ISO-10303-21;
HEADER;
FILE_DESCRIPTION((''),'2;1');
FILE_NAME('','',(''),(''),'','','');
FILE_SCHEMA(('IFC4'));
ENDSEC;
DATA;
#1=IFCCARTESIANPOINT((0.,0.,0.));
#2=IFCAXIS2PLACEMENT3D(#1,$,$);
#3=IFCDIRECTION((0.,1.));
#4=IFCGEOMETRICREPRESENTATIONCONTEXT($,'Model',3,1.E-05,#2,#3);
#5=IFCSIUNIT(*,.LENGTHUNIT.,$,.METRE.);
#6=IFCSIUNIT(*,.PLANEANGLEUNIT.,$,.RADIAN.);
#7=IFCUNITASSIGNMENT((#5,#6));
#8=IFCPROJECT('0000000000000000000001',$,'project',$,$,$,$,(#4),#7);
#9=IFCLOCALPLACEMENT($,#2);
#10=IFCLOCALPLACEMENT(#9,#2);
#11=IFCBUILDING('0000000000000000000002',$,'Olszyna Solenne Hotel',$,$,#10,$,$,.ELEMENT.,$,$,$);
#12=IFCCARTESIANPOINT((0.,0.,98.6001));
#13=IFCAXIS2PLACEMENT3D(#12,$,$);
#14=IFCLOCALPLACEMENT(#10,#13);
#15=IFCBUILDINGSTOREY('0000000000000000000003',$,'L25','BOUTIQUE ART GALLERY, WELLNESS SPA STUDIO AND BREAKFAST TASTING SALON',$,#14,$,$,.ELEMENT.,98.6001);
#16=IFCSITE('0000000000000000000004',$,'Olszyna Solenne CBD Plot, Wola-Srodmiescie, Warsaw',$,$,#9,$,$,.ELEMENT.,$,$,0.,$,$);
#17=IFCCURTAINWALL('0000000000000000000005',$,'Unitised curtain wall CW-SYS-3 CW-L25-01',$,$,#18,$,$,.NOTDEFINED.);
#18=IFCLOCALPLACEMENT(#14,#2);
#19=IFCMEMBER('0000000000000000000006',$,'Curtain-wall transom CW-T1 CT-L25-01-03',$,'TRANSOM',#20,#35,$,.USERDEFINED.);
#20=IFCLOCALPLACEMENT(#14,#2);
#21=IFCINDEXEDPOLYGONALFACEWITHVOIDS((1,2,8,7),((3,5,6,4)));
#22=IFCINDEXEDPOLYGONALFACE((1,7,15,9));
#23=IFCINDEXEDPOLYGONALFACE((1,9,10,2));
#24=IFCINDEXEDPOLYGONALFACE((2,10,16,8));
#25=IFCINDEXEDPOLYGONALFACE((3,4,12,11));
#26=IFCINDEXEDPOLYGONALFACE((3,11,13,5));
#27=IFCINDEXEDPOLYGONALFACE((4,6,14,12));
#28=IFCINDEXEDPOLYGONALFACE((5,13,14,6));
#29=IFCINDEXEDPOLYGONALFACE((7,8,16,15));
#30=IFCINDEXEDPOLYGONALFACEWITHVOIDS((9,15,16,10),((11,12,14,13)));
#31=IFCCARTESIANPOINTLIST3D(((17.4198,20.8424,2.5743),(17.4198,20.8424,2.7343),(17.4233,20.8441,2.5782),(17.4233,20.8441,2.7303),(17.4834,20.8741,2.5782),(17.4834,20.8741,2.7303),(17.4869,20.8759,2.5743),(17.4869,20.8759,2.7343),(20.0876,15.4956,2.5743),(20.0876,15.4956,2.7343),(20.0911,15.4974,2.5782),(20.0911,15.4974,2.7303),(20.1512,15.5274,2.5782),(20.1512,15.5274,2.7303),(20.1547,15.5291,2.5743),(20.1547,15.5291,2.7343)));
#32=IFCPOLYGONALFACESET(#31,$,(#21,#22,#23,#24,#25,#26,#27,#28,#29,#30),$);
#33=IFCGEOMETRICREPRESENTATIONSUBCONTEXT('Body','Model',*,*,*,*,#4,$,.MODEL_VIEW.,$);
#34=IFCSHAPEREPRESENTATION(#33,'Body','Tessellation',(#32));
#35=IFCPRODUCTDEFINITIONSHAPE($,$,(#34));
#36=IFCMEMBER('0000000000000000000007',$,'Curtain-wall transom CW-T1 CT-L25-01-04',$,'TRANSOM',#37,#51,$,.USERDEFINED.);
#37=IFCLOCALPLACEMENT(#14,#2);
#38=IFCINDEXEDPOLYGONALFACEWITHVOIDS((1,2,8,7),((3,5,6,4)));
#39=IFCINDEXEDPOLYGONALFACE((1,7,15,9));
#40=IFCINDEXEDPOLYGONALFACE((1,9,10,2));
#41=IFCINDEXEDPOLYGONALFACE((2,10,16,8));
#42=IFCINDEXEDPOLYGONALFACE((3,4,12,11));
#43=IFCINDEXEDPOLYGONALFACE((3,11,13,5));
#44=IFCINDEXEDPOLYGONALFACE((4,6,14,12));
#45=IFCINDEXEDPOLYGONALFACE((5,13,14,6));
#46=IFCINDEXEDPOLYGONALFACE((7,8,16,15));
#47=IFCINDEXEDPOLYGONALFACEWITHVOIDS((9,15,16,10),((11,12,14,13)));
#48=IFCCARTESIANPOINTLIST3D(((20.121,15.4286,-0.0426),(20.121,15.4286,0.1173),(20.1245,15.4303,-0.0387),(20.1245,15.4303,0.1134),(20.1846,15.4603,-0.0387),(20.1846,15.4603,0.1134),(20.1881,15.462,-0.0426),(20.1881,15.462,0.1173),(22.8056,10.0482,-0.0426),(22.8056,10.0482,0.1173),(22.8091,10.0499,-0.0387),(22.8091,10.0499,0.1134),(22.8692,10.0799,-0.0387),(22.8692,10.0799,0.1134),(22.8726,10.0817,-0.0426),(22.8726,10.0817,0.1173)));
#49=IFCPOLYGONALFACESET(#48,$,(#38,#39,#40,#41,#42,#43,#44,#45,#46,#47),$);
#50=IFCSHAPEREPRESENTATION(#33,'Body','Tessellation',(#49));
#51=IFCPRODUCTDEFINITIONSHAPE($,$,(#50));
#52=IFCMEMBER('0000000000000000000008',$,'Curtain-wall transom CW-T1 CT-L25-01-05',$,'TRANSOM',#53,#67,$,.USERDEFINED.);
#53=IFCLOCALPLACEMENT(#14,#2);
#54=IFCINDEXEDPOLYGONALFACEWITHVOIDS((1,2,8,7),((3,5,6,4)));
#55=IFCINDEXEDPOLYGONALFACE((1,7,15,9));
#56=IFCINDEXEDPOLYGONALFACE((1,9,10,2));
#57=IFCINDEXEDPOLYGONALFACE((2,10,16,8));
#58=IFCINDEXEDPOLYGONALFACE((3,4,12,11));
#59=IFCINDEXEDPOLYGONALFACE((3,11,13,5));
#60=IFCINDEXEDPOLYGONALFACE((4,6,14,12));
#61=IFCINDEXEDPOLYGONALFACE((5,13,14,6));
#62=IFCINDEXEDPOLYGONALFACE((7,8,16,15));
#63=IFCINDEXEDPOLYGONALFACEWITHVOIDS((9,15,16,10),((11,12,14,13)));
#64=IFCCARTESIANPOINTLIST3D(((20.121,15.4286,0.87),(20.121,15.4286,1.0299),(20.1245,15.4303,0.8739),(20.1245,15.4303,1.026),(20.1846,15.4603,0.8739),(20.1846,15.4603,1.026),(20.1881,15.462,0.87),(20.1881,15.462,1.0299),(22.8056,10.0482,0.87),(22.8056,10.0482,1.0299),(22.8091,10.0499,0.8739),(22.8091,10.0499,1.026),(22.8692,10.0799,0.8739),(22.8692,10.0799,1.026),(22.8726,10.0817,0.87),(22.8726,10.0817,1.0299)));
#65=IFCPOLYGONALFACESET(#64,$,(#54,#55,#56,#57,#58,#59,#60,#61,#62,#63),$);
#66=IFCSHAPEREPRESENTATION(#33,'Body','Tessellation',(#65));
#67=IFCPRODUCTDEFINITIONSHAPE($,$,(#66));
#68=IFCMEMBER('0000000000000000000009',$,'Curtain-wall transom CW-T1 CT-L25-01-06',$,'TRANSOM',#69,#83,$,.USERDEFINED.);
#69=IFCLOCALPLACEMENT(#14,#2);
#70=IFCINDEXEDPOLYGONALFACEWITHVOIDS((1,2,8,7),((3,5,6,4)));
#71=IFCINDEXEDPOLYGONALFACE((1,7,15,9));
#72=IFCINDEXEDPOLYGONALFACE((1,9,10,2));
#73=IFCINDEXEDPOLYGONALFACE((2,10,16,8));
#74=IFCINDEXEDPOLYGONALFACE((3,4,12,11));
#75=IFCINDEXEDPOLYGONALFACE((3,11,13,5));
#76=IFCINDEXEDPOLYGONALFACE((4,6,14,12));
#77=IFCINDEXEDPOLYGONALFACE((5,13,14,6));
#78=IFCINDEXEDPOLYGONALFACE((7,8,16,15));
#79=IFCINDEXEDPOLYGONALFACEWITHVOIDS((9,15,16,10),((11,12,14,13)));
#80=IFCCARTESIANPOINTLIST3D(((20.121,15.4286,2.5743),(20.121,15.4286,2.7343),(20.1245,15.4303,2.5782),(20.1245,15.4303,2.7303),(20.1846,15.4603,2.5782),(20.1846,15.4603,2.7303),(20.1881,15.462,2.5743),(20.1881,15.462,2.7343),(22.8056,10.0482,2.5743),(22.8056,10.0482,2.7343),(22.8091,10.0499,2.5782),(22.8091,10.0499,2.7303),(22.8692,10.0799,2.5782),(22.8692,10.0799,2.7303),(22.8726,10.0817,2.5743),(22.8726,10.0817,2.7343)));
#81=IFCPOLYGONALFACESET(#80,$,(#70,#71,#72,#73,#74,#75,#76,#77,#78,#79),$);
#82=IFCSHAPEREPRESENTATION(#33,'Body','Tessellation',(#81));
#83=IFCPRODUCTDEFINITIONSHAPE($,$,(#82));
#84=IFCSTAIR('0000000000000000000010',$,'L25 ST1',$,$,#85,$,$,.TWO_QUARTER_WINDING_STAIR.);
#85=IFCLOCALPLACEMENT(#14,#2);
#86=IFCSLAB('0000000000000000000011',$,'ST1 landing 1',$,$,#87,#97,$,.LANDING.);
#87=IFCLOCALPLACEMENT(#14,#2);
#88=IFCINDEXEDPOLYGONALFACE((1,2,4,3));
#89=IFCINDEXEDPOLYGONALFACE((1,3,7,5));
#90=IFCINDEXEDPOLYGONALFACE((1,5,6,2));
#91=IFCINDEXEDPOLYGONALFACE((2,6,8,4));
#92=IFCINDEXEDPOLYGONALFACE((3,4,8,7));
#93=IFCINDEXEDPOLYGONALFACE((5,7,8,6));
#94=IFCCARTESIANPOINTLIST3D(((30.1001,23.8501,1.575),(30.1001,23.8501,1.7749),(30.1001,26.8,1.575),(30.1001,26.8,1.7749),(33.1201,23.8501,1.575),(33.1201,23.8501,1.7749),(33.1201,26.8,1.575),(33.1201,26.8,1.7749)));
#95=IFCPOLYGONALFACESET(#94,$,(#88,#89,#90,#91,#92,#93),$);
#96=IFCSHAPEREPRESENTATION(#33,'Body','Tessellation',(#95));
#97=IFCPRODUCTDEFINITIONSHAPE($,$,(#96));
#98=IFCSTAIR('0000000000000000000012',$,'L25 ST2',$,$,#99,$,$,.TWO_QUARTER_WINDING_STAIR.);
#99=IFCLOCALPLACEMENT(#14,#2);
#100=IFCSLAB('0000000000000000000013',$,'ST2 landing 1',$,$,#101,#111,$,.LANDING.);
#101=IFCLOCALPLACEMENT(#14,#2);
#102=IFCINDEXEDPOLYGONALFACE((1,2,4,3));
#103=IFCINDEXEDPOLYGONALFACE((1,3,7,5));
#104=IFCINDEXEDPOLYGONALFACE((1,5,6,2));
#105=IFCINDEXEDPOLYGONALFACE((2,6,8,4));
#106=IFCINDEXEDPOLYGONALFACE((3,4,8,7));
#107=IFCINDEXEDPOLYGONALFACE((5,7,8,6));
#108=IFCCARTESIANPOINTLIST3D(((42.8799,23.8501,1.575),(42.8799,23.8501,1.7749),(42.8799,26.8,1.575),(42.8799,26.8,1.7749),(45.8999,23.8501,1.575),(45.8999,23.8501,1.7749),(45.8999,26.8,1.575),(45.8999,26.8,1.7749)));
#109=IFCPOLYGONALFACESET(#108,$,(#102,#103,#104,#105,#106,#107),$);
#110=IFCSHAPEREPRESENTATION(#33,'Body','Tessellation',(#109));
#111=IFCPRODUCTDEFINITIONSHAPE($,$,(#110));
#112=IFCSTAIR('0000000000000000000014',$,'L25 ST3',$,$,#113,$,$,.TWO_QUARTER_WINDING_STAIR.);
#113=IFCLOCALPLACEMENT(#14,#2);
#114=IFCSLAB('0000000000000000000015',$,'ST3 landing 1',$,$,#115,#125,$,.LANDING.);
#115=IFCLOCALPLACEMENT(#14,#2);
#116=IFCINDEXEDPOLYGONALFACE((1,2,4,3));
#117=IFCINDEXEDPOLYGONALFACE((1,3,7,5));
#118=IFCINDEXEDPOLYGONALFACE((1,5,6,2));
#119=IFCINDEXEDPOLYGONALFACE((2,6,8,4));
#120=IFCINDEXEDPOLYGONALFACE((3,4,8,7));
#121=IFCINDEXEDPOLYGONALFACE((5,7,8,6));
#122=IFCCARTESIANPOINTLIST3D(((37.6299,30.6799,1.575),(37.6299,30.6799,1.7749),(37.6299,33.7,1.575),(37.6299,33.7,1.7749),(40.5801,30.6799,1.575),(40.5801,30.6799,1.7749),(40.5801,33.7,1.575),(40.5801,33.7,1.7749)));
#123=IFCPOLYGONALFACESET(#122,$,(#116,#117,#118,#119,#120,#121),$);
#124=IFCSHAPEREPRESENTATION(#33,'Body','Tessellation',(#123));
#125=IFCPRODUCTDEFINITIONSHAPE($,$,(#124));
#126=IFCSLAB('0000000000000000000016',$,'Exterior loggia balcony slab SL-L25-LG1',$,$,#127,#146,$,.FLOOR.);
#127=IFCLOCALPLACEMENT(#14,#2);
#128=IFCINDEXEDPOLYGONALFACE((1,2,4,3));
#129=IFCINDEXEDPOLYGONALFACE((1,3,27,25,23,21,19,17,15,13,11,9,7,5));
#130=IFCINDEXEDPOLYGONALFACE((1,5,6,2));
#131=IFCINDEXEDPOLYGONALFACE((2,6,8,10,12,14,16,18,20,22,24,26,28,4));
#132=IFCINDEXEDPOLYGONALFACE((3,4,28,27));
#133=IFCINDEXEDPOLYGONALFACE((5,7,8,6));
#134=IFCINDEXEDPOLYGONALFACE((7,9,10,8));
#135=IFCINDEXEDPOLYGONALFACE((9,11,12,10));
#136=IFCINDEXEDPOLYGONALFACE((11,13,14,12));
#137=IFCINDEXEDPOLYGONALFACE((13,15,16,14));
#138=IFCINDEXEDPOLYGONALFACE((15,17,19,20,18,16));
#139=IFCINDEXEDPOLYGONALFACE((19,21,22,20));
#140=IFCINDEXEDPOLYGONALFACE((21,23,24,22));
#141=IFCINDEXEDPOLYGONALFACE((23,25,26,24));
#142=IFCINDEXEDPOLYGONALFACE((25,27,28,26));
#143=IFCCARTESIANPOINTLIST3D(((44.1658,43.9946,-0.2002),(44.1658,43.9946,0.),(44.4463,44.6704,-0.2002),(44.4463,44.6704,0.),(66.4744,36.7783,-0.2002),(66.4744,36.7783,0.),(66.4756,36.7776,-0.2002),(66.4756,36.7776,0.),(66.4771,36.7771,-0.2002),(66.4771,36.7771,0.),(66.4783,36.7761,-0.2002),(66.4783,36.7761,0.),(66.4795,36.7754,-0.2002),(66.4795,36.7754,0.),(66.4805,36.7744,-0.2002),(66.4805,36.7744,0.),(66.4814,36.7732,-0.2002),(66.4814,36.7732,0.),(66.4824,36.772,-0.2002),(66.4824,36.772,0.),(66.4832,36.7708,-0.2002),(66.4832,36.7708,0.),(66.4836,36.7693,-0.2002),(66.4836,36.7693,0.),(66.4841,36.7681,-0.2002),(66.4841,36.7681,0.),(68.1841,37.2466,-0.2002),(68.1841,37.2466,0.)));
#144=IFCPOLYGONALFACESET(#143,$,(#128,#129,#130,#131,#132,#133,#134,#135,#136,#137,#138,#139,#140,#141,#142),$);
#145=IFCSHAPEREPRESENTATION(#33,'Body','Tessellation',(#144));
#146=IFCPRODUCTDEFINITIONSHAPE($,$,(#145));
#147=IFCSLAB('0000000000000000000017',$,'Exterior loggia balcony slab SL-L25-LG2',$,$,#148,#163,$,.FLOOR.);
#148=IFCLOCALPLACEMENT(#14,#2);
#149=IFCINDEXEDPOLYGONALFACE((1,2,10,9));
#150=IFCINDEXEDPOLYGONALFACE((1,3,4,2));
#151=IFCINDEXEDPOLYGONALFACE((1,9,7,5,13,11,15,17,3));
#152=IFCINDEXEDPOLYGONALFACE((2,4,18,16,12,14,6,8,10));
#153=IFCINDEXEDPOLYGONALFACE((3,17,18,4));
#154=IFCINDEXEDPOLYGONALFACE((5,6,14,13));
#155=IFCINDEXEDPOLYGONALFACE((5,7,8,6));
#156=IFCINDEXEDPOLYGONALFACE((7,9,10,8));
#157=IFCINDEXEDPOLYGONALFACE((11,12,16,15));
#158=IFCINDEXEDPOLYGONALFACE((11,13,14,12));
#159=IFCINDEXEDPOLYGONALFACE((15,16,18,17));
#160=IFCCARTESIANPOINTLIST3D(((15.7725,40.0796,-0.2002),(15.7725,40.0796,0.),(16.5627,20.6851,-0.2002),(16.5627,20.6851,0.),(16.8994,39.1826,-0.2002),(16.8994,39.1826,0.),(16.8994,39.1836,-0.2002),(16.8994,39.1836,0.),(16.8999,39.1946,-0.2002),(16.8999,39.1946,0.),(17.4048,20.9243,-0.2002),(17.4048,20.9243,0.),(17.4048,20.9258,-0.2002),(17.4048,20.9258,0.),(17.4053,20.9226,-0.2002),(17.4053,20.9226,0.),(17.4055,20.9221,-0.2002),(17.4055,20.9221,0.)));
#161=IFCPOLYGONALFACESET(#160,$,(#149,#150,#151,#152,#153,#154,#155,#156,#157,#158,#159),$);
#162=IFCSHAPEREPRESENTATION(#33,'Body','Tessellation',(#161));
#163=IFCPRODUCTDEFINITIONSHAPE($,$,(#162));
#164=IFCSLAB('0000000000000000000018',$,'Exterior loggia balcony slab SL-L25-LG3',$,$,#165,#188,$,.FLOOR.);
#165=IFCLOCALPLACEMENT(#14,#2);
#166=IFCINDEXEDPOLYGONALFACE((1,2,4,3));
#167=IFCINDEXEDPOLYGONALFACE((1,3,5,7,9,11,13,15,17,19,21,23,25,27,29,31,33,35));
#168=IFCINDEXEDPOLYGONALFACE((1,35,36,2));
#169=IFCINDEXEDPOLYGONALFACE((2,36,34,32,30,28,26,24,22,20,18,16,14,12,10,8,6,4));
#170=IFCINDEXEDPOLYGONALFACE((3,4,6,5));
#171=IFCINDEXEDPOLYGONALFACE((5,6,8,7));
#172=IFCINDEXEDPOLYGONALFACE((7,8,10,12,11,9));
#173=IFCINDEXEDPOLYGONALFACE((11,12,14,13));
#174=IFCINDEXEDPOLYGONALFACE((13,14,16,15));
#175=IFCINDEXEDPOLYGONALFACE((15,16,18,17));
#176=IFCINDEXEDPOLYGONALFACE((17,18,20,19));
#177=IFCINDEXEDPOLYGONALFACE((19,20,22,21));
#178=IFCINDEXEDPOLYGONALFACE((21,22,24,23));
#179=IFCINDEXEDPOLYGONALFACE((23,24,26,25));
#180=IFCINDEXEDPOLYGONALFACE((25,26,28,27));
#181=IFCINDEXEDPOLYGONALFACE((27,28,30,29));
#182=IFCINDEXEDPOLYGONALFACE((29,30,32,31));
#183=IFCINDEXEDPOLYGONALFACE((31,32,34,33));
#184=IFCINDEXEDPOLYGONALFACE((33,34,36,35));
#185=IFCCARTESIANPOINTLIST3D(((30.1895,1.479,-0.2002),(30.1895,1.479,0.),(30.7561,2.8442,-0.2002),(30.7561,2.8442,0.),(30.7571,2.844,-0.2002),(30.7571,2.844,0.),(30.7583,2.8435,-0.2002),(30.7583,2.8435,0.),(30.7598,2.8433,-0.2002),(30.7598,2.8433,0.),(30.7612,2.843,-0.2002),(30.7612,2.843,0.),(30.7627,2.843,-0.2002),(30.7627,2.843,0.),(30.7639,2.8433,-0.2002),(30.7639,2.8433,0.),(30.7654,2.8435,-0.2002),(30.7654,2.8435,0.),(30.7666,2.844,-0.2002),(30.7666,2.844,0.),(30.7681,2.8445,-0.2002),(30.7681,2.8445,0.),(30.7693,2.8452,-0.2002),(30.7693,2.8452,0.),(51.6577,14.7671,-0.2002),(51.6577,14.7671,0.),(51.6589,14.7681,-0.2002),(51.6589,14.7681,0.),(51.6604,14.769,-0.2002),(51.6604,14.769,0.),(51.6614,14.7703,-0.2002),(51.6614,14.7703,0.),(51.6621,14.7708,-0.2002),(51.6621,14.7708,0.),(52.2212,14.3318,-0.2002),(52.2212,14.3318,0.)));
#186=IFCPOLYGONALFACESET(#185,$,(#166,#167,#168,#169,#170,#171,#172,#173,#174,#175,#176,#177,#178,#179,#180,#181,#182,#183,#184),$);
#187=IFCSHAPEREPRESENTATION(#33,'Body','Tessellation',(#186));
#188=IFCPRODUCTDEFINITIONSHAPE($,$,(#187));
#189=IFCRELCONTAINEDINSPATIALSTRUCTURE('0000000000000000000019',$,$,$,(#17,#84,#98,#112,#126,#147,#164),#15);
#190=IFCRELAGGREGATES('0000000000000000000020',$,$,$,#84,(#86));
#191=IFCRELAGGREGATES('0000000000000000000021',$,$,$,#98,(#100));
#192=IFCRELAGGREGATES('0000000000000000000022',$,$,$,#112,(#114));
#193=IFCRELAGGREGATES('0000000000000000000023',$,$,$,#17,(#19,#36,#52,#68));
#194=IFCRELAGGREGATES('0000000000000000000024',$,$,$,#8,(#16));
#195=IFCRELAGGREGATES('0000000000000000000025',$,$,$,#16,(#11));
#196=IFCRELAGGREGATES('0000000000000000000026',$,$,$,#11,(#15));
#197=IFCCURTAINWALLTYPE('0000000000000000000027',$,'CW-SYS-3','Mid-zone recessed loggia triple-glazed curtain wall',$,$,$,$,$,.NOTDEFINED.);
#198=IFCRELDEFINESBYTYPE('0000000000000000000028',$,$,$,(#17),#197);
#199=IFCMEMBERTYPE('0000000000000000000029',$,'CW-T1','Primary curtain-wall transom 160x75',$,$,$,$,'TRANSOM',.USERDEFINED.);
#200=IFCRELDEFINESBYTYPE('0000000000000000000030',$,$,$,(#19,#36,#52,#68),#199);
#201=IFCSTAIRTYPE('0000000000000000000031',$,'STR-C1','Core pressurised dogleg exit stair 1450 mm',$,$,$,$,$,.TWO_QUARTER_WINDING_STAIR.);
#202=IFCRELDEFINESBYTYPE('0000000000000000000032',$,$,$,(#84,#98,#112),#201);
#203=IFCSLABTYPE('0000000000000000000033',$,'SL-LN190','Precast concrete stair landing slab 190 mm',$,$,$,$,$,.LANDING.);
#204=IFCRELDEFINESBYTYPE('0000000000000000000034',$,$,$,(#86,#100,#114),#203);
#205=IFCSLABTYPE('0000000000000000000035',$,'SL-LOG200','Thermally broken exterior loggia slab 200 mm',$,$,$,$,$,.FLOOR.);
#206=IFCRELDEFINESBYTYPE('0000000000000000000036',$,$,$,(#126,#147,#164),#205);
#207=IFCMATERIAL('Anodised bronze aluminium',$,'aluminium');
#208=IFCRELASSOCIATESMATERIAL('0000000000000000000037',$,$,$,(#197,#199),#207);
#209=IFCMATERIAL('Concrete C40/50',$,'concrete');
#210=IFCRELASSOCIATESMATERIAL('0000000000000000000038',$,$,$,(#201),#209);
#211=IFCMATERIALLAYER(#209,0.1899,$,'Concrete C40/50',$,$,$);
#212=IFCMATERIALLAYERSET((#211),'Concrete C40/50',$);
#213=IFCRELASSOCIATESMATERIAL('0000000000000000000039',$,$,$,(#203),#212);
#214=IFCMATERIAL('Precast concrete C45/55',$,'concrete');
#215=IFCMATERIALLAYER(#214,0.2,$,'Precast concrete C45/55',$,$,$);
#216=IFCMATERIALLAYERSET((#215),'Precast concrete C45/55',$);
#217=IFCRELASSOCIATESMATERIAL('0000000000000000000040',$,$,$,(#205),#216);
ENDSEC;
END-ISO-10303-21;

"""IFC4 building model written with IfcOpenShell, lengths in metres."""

from ifc_helpers import new_model, si_unit, direction, frame, origin, origin_2d, place, context, subcontext, project, spatial, polyline, hollow_rectangle, outline, extrude, source, transform, mapped, material, layer, layer_set, material_profile, profile_set, type_object, element, aggregate, save


model = new_model("IFC4")

# Units and contexts
model_context = context("Model", 3, precision=1e-05, world=origin(), true_north=direction((0.0, 1.0)))
body_context = subcontext(model_context, "Body", "Model", "MODEL_VIEW")
ifc_project = project(units=[si_unit("LENGTHUNIT", "METRE"), si_unit("PLANEANGLEUNIT", "RADIAN")], contexts=[model_context])

# Site, building, storey
site_placement = place(None, origin())
site = spatial("IfcSite", under=ifc_project, at=site_placement, Name="Olszyna Solenne CBD Plot, Wola-Srodmiescie, Warsaw", CompositionType="ELEMENT", RefElevation=0.0)
building_placement = place(site_placement, origin())
building = spatial("IfcBuilding", under=site, at=building_placement, Name="Olszyna Solenne Hotel", CompositionType="ELEMENT")
storey_placement = place(building_placement, frame((0.0, 0.0, 98.6001)))
storey = spatial("IfcBuildingStorey", under=building, at=storey_placement, Name="L25", Description="BOUTIQUE ART GALLERY, WELLNESS SPA STUDIO AND BREAKFAST TASTING SALON", CompositionType="ELEMENT", Elevation=98.6001)

# Curtain wall, members
ifc_material_1 = material(Name="Anodised bronze aluminium", Category="aluminium")
curtain_wall_type = type_object("IfcCurtainWallType", Name="CW-SYS-3", Description="Mid-zone recessed loggia triple-glazed curtain wall", PredefinedType="NOTDEFINED", material=ifc_material_1)
curtain_wall_placement = place(storey_placement, origin())
curtain_wall = element("IfcCurtainWall", 1, at=curtain_wall_placement, inside=storey, type_object=curtain_wall_type, Name="Unitised curtain wall CW-SYS-3 CW-L25-01", PredefinedType="NOTDEFINED")
ifc_material_profile_1 = material_profile(ifc_material_1, hollow_rectangle(XDim=0.075, YDim=0.1599, WallThickness=0.0039, at=origin_2d()), Name="TRAN 160x75x4", Category="load-bearing")
ifc_profile_set_1 = profile_set([ifc_material_profile_1], Name="Anodised bronze aluminium")
member_type_1 = type_object("IfcMemberType", Name="CW-T1", Description="Primary curtain-wall transom 160x75", ElementType="TRANSOM", PredefinedType="USERDEFINED", material=ifc_profile_set_1)
shared_shape_1 = source(origin(), body_context, "Body", "SweptSolid", [
    extrude(hollow_rectangle(XDim=0.075, YDim=0.1599, WallThickness=0.0039, at=origin_2d()), origin(), (0.0, 0.0, 1.0), 5.9753),
])
member_1_placement = place(storey_placement, frame((17.4534, 20.8591, 2.6543), z_axis=(0.446462, -0.894803, 0.0), x_axis=(0.894803, 0.446462, 0.0)))
member_1 = element("IfcMember", 2, at=member_1_placement, type_object=member_type_1, Name="Curtain-wall transom CW-T1 CT-L25-01-03", ObjectType="TRANSOM", PredefinedType="USERDEFINED", context=body_context, shape_type="MappedRepresentation", body=[
    mapped(shared_shape_1, transform((0.0, 0.0, 0.0), x_axis=(1.0, 0.0, 0.0), y_axis=(0.0, 1.0, 0.0), z_axis=(0.0, 0.0, 1.0), scale=1.0)),
])
shared_shape_2 = source(origin(), body_context, "Body", "SweptSolid", [
    extrude(hollow_rectangle(XDim=0.075, YDim=0.1599, WallThickness=0.0039, at=origin_2d()), origin(), (0.0, 0.0, 1.0), 6.0129),
])
member_2_placement = place(storey_placement, frame((20.1545, 15.4453, 0.0374), z_axis=(0.446466, -0.8948, 0.0), x_axis=(0.8948, 0.446466, 0.0)))
member_2 = element("IfcMember", 3, at=member_2_placement, type_object=member_type_1, Name="Curtain-wall transom CW-T1 CT-L25-01-04", ObjectType="TRANSOM", PredefinedType="USERDEFINED", context=body_context, shape_type="MappedRepresentation", body=[
    mapped(shared_shape_2, transform((0.0, 0.0, 0.0), x_axis=(1.0, 0.0, 0.0), y_axis=(0.0, 1.0, 0.0), z_axis=(0.0, 0.0, 1.0), scale=1.0)),
])
member_3_placement = place(storey_placement, frame((20.1545, 15.4453, 0.95), z_axis=(0.446466, -0.8948, 0.0), x_axis=(0.8948, 0.446466, 0.0)))
member_3 = element("IfcMember", 4, at=member_3_placement, type_object=member_type_1, Name="Curtain-wall transom CW-T1 CT-L25-01-05", ObjectType="TRANSOM", PredefinedType="USERDEFINED", context=body_context, shape_type="MappedRepresentation", body=[
    mapped(shared_shape_2, transform((0.0, 0.0, 0.0), x_axis=(1.0, 0.0, 0.0), y_axis=(0.0, 1.0, 0.0), z_axis=(0.0, 0.0, 1.0), scale=1.0)),
])
member_4_placement = place(storey_placement, frame((20.1545, 15.4453, 2.6543), z_axis=(0.446466, -0.8948, 0.0), x_axis=(0.8948, 0.446466, 0.0)))
member_4 = element("IfcMember", 5, at=member_4_placement, type_object=member_type_1, Name="Curtain-wall transom CW-T1 CT-L25-01-06", ObjectType="TRANSOM", PredefinedType="USERDEFINED", context=body_context, shape_type="MappedRepresentation", body=[
    mapped(shared_shape_2, transform((0.0, 0.0, 0.0), x_axis=(1.0, 0.0, 0.0), y_axis=(0.0, 1.0, 0.0), z_axis=(0.0, 0.0, 1.0), scale=1.0)),
])

# Stairs, slabs
ifc_material_2 = material(Name="Concrete C40/50", Category="concrete")
stair_type = type_object("IfcStairType", Name="STR-C1", Description="Core pressurised dogleg exit stair 1450 mm", PredefinedType="TWO_QUARTER_WINDING_STAIR", material=ifc_material_2)
stair_1_placement = place(storey_placement, origin())
stair_1 = element("IfcStair", 6, at=stair_1_placement, inside=storey, type_object=stair_type, Name="L25 ST1", PredefinedType="TWO_QUARTER_WINDING_STAIR")
ifc_layer_1 = layer(ifc_material_2, 0.1899, Name="Concrete C40/50")
ifc_layer_set_1 = layer_set([ifc_layer_1], Name="Concrete C40/50")
slab_type_1 = type_object("IfcSlabType", Name="SL-LN190", Description="Precast concrete stair landing slab 190 mm", PredefinedType="LANDING", material=ifc_layer_set_1)
slab_1_placement = place(storey_placement, frame((0.0, 0.0, 1.575)))
slab_1 = element("IfcSlab", 7, at=slab_1_placement, type_object=slab_type_1, Name="ST1 landing 1", PredefinedType="LANDING", context=body_context, shape_type="SweptSolid", body=[
    extrude(outline(polyline([(33.1201, 23.8501), (33.1201, 26.8), (30.1001, 26.8), (30.1001, 23.8501), (33.1201, 23.8501)])), origin(), (0.0, 0.0, 1.0), 0.2),
])
aggregate(stair_1, [slab_1])
stair_2_placement = place(storey_placement, origin())
stair_2 = element("IfcStair", 8, at=stair_2_placement, inside=storey, type_object=stair_type, Name="L25 ST2", PredefinedType="TWO_QUARTER_WINDING_STAIR")
slab_2_placement = place(storey_placement, frame((0.0, 0.0, 1.575)))
slab_2 = element("IfcSlab", 9, at=slab_2_placement, type_object=slab_type_1, Name="ST2 landing 1", PredefinedType="LANDING", context=body_context, shape_type="SweptSolid", body=[
    extrude(outline(polyline([(45.8999, 23.8501), (45.8999, 26.8), (42.8799, 26.8), (42.8799, 23.8501), (45.8999, 23.8501)])), origin(), (0.0, 0.0, 1.0), 0.2),
])
aggregate(stair_2, [slab_2])
stair_3_placement = place(storey_placement, origin())
stair_3 = element("IfcStair", 10, at=stair_3_placement, inside=storey, type_object=stair_type, Name="L25 ST3", PredefinedType="TWO_QUARTER_WINDING_STAIR")
slab_3_placement = place(storey_placement, frame((0.0, 0.0, 1.575)))
slab_3 = element("IfcSlab", 11, at=slab_3_placement, type_object=slab_type_1, Name="ST3 landing 1", PredefinedType="LANDING", context=body_context, shape_type="SweptSolid", body=[
    extrude(outline(polyline([(37.6299, 30.6799), (40.5801, 30.6799), (40.5801, 33.7), (37.6299, 33.7), (37.6299, 30.6799)])), origin(), (0.0, 0.0, 1.0), 0.2),
])
aggregate(stair_3, [slab_3])

# Slabs
ifc_material_3 = material(Name="Precast concrete C45/55", Category="concrete")
ifc_layer_2 = layer(ifc_material_3, 0.2, Name="Precast concrete C45/55")
ifc_layer_set_2 = layer_set([ifc_layer_2], Name="Precast concrete C45/55")
slab_type_2 = type_object("IfcSlabType", Name="SL-LOG200", Description="Thermally broken exterior loggia slab 200 mm", PredefinedType="FLOOR", material=ifc_layer_set_2)
slab_4_placement = place(storey_placement, frame((0.0, 0.0, -0.2002)))
element("IfcSlab", 12, at=slab_4_placement, inside=storey, type_object=slab_type_2, Name="Exterior loggia balcony slab SL-L25-LG1", PredefinedType="FLOOR", context=body_context, shape_type="SweptSolid", body=[
    extrude(outline(polyline([(44.1658, 43.9946), (66.4744, 36.7783), (66.4756, 36.7776), (66.4771, 36.7771), (66.4783, 36.7761), (66.4795, 36.7754), (66.4805, 36.7744), (66.4814, 36.7732), (66.4824, 36.772), (66.4832, 36.7708), (66.4836, 36.7693), (66.4841, 36.7681), (68.1841, 37.2466), (44.4463, 44.6704), (44.1658, 43.9946)])), origin(), (0.0, 0.0, 1.0), 0.2002),
])
slab_5_placement = place(storey_placement, frame((0.0, 0.0, -0.2002)))
element("IfcSlab", 13, at=slab_5_placement, inside=storey, type_object=slab_type_2, Name="Exterior loggia balcony slab SL-L25-LG2", PredefinedType="FLOOR", context=body_context, shape_type="SweptSolid", body=[
    extrude(outline(polyline([(17.4055, 20.9221), (17.4053, 20.9226), (17.4048, 20.9243), (17.4048, 20.9258), (16.8994, 39.1826), (16.8994, 39.1836), (16.8999, 39.1946), (15.7725, 40.0796), (16.5627, 20.6851), (17.4055, 20.9221)])), origin(), (0.0, 0.0, 1.0), 0.2002),
])
slab_6_placement = place(storey_placement, frame((0.0, 0.0, -0.2002)))
element("IfcSlab", 14, at=slab_6_placement, inside=storey, type_object=slab_type_2, Name="Exterior loggia balcony slab SL-L25-LG3", PredefinedType="FLOOR", context=body_context, shape_type="SweptSolid", body=[
    extrude(outline(polyline([(51.6621, 14.7708), (51.6614, 14.7703), (51.6604, 14.769), (51.6589, 14.7681), (51.6577, 14.7671), (30.7693, 2.8452), (30.7681, 2.8445), (30.7666, 2.844), (30.7654, 2.8435), (30.7639, 2.8433), (30.7627, 2.843), (30.7612, 2.843), (30.7598, 2.8433), (30.7583, 2.8435), (30.7571, 2.844), (30.7561, 2.8442), (30.1895, 1.479), (52.2212, 14.3318), (51.6621, 14.7708)])), origin(), (0.0, 0.0, 1.0), 0.2002),
])

aggregate(curtain_wall, [member_1, member_2, member_3, member_4])

save(model, "model.ifc")
